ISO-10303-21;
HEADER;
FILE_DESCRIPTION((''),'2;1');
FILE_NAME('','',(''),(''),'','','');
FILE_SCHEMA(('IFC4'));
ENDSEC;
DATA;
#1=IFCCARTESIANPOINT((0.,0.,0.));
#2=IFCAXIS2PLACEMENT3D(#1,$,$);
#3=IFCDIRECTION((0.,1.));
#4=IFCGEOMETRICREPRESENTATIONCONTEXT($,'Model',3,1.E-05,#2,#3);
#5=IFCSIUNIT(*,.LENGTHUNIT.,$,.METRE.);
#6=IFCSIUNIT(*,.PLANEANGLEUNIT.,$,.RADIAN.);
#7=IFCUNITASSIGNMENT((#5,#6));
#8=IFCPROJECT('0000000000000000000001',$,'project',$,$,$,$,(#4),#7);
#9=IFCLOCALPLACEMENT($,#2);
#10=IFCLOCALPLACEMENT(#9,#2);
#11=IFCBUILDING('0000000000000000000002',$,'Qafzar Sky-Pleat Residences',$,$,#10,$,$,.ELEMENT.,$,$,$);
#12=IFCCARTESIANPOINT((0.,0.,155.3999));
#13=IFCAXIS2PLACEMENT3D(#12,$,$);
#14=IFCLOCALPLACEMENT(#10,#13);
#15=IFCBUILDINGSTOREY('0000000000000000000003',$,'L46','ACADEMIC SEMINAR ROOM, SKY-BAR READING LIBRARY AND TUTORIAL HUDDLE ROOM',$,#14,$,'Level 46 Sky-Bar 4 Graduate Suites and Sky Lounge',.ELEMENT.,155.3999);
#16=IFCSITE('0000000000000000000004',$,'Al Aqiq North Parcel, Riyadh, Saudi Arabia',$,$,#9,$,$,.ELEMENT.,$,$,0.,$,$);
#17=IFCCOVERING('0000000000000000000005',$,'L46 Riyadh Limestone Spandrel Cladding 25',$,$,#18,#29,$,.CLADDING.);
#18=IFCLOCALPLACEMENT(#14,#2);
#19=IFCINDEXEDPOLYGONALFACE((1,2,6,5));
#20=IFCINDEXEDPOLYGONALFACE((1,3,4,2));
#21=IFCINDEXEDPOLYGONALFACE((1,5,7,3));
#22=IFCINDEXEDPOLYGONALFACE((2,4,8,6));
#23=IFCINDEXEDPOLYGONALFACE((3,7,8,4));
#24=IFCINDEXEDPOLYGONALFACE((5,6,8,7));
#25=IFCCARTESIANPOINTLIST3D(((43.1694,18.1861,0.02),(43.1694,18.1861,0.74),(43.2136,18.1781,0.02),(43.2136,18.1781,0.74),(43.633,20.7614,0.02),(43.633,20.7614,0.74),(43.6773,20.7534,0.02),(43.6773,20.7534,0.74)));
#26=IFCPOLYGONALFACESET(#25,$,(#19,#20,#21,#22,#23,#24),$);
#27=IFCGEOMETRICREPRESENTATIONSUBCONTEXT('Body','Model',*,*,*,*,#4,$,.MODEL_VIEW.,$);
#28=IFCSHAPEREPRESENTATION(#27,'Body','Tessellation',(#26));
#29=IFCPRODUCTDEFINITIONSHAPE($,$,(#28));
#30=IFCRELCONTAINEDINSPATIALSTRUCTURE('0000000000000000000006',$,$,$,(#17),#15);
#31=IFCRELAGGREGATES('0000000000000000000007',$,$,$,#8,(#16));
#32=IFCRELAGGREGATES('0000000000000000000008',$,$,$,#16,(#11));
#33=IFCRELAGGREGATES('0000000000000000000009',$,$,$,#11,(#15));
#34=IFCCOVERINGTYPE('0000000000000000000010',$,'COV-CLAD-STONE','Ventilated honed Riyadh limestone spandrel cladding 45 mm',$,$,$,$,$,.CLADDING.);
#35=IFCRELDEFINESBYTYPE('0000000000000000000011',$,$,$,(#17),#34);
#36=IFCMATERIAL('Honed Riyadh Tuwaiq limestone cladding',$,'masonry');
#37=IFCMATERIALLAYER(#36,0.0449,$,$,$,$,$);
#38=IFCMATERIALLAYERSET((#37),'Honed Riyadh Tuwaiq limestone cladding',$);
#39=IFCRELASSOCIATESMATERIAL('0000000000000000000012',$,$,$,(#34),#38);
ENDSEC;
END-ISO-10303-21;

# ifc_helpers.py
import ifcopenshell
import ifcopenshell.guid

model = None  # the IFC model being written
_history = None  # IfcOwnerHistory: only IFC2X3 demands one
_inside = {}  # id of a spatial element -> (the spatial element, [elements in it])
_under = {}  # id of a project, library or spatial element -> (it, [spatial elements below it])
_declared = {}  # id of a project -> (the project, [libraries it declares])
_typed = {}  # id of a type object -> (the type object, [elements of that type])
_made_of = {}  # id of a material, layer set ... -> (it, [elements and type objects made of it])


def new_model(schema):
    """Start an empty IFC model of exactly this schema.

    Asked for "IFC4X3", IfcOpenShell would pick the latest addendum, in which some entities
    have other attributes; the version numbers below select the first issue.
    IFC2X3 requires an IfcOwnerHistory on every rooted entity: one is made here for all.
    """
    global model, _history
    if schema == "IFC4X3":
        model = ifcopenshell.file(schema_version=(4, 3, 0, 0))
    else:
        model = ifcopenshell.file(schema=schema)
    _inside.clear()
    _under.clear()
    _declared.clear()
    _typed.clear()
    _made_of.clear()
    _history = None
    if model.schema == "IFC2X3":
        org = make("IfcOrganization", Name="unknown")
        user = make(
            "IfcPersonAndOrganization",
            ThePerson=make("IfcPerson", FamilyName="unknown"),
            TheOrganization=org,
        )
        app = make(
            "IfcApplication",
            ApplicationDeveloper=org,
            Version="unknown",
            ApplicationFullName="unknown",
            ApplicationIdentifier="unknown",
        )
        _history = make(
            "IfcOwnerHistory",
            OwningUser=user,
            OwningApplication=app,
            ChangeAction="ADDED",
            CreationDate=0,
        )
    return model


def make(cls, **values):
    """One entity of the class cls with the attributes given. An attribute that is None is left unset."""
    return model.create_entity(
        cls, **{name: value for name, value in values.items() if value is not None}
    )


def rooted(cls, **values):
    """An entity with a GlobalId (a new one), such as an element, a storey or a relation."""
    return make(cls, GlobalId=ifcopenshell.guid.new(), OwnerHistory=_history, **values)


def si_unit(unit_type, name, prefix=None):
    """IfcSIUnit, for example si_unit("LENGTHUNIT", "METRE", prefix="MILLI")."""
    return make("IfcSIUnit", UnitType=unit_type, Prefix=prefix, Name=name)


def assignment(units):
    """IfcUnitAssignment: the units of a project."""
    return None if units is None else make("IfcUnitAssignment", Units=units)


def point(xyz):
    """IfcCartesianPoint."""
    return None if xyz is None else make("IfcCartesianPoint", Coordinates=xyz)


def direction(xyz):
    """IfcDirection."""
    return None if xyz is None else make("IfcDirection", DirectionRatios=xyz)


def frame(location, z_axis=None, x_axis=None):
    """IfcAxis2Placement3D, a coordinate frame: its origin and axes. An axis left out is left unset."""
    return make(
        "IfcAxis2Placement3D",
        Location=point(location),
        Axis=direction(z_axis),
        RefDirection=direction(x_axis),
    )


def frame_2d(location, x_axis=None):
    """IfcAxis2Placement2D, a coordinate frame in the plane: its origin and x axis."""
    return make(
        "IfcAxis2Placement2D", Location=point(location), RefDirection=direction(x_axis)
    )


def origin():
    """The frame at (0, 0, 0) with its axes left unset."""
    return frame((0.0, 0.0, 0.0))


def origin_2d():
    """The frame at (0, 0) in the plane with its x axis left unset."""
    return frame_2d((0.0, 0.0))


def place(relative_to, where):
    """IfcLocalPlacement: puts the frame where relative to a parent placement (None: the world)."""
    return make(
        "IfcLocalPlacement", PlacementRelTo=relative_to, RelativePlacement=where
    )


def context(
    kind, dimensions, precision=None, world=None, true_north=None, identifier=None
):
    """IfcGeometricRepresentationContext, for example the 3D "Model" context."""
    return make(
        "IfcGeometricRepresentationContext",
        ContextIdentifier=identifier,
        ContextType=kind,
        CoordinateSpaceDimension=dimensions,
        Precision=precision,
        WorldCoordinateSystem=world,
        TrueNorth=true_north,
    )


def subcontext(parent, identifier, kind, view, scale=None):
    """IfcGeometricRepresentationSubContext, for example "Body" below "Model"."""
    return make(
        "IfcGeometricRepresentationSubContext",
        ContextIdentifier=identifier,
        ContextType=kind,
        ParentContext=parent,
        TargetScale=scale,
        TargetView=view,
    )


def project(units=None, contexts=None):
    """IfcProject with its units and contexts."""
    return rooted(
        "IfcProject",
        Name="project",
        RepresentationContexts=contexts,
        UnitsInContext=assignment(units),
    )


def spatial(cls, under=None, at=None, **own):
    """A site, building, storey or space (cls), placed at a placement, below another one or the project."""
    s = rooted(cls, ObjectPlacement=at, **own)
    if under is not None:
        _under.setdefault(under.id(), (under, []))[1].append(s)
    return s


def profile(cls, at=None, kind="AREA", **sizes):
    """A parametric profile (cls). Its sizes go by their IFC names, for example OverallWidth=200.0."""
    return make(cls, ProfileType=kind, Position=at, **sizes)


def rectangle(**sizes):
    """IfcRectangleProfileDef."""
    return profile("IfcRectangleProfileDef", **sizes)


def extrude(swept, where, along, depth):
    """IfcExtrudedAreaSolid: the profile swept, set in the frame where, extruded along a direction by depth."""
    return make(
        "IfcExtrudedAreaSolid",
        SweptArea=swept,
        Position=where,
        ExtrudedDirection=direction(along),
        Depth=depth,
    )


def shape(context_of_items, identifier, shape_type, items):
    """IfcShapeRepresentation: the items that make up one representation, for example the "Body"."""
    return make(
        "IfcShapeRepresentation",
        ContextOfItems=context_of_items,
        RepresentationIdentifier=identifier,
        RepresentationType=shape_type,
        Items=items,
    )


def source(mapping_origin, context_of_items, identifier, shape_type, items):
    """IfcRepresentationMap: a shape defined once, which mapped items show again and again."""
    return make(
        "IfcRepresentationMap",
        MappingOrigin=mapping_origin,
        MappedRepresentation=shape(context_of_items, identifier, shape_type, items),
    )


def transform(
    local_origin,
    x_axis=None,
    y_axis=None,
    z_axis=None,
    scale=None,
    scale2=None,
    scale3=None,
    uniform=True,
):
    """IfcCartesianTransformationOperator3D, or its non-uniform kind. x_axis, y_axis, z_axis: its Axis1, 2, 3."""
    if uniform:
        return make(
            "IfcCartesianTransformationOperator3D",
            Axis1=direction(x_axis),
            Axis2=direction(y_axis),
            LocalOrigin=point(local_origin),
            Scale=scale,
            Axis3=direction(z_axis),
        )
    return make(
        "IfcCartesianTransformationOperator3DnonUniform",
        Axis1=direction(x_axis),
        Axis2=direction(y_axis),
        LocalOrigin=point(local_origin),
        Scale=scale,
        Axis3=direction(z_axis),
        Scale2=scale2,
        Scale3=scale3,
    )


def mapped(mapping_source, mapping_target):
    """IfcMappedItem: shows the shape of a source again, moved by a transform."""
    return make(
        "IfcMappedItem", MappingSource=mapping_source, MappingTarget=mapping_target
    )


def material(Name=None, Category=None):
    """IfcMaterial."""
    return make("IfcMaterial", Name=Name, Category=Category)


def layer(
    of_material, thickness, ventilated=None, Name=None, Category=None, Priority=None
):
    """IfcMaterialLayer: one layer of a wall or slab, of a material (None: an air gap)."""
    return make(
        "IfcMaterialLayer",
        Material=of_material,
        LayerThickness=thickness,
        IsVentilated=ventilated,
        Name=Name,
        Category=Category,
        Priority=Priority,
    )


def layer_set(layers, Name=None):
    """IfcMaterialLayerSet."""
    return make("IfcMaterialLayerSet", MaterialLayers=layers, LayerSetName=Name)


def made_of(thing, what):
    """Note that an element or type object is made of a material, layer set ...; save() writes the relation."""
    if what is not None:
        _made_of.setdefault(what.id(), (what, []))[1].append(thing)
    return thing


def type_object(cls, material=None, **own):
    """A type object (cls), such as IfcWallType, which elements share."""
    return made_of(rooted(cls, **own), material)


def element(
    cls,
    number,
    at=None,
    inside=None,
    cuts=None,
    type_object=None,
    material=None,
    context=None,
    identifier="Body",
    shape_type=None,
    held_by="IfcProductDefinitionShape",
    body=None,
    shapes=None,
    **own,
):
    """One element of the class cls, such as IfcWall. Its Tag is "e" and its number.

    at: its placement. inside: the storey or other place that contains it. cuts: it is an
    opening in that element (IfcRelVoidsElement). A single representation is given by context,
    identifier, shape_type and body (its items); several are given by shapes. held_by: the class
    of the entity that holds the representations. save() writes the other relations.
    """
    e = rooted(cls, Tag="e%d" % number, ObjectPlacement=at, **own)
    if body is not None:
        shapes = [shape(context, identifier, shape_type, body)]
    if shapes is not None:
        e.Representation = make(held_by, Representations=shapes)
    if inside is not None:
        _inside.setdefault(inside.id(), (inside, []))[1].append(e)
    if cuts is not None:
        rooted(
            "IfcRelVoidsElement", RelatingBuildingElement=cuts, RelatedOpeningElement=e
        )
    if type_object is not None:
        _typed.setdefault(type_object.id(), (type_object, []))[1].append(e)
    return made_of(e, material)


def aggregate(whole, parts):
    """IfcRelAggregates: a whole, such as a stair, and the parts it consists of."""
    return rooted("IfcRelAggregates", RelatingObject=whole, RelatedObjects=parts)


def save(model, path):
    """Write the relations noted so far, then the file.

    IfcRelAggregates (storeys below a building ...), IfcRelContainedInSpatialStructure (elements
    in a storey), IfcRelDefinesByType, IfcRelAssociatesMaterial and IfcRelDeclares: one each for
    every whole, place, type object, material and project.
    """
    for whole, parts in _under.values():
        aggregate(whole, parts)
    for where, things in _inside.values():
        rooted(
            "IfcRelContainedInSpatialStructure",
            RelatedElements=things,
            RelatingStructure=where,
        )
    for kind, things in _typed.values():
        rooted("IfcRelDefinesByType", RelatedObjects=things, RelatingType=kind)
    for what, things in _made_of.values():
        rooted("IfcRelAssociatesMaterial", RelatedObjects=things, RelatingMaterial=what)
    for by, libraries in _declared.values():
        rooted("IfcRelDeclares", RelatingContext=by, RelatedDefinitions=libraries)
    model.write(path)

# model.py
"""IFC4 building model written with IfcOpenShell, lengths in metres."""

from ifc_helpers import new_model, si_unit, direction, frame, origin, origin_2d, place, context, subcontext, project, spatial, rectangle, extrude, source, transform, mapped, material, layer, layer_set, type_object, element, save


model = new_model("IFC4")

# Units and contexts
model_context = context("Model", 3, precision=1e-05, world=origin(), true_north=direction((0.0, 1.0)))
body_context = subcontext(model_context, "Body", "Model", "MODEL_VIEW")
ifc_project = project(units=[si_unit("LENGTHUNIT", "METRE"), si_unit("PLANEANGLEUNIT", "RADIAN")], contexts=[model_context])

# Site, building, storey
site_placement = place(None, origin())
site = spatial("IfcSite", under=ifc_project, at=site_placement, Name="Al Aqiq North Parcel, Riyadh, Saudi Arabia", CompositionType="ELEMENT", RefElevation=0.0)
building_placement = place(site_placement, origin())
building = spatial("IfcBuilding", under=site, at=building_placement, Name="Qafzar Sky-Pleat Residences", CompositionType="ELEMENT")
storey_placement = place(building_placement, frame((0.0, 0.0, 155.3999)))
storey = spatial("IfcBuildingStorey", under=building, at=storey_placement, Name="L46", Description="ACADEMIC SEMINAR ROOM, SKY-BAR READING LIBRARY AND TUTORIAL HUDDLE ROOM", LongName="Level 46 Sky-Bar 4 Graduate Suites and Sky Lounge", CompositionType="ELEMENT", Elevation=155.3999)

# Covering
ifc_material_1 = material(Name="Honed Riyadh Tuwaiq limestone cladding", Category="masonry")
ifc_layer_1 = layer(ifc_material_1, 0.0449)
ifc_layer_set_1 = layer_set([ifc_layer_1], Name="Honed Riyadh Tuwaiq limestone cladding")
covering_type = type_object("IfcCoveringType", Name="COV-CLAD-STONE", Description="Ventilated honed Riyadh limestone spandrel cladding 45 mm", PredefinedType="CLADDING", material=ifc_layer_set_1)
shared_shape_1 = source(origin(), body_context, "Body", "SweptSolid", [
    extrude(rectangle(XDim=2.6167, YDim=0.0449, at=origin_2d()), origin(), (0.0, 0.0, 1.0), 0.72),
])
covering_placement = place(storey_placement, frame((43.4233, 19.4697, 0.02), z_axis=(0.0, 0.0, 1.0), x_axis=(0.177175, 0.984179, 0.0)))
element("IfcCovering", 1, at=covering_placement, inside=storey, type_object=covering_type, Name="L46 Riyadh Limestone Spandrel Cladding 25", PredefinedType="CLADDING", context=body_context, shape_type="MappedRepresentation", body=[
    mapped(shared_shape_1, transform((0.0, 0.0, 0.0), x_axis=(1.0, 0.0, 0.0), y_axis=(0.0, 1.0, 0.0), z_axis=(0.0, 0.0, 1.0), scale=1.0)),
])

save(model, "model.ifc")
